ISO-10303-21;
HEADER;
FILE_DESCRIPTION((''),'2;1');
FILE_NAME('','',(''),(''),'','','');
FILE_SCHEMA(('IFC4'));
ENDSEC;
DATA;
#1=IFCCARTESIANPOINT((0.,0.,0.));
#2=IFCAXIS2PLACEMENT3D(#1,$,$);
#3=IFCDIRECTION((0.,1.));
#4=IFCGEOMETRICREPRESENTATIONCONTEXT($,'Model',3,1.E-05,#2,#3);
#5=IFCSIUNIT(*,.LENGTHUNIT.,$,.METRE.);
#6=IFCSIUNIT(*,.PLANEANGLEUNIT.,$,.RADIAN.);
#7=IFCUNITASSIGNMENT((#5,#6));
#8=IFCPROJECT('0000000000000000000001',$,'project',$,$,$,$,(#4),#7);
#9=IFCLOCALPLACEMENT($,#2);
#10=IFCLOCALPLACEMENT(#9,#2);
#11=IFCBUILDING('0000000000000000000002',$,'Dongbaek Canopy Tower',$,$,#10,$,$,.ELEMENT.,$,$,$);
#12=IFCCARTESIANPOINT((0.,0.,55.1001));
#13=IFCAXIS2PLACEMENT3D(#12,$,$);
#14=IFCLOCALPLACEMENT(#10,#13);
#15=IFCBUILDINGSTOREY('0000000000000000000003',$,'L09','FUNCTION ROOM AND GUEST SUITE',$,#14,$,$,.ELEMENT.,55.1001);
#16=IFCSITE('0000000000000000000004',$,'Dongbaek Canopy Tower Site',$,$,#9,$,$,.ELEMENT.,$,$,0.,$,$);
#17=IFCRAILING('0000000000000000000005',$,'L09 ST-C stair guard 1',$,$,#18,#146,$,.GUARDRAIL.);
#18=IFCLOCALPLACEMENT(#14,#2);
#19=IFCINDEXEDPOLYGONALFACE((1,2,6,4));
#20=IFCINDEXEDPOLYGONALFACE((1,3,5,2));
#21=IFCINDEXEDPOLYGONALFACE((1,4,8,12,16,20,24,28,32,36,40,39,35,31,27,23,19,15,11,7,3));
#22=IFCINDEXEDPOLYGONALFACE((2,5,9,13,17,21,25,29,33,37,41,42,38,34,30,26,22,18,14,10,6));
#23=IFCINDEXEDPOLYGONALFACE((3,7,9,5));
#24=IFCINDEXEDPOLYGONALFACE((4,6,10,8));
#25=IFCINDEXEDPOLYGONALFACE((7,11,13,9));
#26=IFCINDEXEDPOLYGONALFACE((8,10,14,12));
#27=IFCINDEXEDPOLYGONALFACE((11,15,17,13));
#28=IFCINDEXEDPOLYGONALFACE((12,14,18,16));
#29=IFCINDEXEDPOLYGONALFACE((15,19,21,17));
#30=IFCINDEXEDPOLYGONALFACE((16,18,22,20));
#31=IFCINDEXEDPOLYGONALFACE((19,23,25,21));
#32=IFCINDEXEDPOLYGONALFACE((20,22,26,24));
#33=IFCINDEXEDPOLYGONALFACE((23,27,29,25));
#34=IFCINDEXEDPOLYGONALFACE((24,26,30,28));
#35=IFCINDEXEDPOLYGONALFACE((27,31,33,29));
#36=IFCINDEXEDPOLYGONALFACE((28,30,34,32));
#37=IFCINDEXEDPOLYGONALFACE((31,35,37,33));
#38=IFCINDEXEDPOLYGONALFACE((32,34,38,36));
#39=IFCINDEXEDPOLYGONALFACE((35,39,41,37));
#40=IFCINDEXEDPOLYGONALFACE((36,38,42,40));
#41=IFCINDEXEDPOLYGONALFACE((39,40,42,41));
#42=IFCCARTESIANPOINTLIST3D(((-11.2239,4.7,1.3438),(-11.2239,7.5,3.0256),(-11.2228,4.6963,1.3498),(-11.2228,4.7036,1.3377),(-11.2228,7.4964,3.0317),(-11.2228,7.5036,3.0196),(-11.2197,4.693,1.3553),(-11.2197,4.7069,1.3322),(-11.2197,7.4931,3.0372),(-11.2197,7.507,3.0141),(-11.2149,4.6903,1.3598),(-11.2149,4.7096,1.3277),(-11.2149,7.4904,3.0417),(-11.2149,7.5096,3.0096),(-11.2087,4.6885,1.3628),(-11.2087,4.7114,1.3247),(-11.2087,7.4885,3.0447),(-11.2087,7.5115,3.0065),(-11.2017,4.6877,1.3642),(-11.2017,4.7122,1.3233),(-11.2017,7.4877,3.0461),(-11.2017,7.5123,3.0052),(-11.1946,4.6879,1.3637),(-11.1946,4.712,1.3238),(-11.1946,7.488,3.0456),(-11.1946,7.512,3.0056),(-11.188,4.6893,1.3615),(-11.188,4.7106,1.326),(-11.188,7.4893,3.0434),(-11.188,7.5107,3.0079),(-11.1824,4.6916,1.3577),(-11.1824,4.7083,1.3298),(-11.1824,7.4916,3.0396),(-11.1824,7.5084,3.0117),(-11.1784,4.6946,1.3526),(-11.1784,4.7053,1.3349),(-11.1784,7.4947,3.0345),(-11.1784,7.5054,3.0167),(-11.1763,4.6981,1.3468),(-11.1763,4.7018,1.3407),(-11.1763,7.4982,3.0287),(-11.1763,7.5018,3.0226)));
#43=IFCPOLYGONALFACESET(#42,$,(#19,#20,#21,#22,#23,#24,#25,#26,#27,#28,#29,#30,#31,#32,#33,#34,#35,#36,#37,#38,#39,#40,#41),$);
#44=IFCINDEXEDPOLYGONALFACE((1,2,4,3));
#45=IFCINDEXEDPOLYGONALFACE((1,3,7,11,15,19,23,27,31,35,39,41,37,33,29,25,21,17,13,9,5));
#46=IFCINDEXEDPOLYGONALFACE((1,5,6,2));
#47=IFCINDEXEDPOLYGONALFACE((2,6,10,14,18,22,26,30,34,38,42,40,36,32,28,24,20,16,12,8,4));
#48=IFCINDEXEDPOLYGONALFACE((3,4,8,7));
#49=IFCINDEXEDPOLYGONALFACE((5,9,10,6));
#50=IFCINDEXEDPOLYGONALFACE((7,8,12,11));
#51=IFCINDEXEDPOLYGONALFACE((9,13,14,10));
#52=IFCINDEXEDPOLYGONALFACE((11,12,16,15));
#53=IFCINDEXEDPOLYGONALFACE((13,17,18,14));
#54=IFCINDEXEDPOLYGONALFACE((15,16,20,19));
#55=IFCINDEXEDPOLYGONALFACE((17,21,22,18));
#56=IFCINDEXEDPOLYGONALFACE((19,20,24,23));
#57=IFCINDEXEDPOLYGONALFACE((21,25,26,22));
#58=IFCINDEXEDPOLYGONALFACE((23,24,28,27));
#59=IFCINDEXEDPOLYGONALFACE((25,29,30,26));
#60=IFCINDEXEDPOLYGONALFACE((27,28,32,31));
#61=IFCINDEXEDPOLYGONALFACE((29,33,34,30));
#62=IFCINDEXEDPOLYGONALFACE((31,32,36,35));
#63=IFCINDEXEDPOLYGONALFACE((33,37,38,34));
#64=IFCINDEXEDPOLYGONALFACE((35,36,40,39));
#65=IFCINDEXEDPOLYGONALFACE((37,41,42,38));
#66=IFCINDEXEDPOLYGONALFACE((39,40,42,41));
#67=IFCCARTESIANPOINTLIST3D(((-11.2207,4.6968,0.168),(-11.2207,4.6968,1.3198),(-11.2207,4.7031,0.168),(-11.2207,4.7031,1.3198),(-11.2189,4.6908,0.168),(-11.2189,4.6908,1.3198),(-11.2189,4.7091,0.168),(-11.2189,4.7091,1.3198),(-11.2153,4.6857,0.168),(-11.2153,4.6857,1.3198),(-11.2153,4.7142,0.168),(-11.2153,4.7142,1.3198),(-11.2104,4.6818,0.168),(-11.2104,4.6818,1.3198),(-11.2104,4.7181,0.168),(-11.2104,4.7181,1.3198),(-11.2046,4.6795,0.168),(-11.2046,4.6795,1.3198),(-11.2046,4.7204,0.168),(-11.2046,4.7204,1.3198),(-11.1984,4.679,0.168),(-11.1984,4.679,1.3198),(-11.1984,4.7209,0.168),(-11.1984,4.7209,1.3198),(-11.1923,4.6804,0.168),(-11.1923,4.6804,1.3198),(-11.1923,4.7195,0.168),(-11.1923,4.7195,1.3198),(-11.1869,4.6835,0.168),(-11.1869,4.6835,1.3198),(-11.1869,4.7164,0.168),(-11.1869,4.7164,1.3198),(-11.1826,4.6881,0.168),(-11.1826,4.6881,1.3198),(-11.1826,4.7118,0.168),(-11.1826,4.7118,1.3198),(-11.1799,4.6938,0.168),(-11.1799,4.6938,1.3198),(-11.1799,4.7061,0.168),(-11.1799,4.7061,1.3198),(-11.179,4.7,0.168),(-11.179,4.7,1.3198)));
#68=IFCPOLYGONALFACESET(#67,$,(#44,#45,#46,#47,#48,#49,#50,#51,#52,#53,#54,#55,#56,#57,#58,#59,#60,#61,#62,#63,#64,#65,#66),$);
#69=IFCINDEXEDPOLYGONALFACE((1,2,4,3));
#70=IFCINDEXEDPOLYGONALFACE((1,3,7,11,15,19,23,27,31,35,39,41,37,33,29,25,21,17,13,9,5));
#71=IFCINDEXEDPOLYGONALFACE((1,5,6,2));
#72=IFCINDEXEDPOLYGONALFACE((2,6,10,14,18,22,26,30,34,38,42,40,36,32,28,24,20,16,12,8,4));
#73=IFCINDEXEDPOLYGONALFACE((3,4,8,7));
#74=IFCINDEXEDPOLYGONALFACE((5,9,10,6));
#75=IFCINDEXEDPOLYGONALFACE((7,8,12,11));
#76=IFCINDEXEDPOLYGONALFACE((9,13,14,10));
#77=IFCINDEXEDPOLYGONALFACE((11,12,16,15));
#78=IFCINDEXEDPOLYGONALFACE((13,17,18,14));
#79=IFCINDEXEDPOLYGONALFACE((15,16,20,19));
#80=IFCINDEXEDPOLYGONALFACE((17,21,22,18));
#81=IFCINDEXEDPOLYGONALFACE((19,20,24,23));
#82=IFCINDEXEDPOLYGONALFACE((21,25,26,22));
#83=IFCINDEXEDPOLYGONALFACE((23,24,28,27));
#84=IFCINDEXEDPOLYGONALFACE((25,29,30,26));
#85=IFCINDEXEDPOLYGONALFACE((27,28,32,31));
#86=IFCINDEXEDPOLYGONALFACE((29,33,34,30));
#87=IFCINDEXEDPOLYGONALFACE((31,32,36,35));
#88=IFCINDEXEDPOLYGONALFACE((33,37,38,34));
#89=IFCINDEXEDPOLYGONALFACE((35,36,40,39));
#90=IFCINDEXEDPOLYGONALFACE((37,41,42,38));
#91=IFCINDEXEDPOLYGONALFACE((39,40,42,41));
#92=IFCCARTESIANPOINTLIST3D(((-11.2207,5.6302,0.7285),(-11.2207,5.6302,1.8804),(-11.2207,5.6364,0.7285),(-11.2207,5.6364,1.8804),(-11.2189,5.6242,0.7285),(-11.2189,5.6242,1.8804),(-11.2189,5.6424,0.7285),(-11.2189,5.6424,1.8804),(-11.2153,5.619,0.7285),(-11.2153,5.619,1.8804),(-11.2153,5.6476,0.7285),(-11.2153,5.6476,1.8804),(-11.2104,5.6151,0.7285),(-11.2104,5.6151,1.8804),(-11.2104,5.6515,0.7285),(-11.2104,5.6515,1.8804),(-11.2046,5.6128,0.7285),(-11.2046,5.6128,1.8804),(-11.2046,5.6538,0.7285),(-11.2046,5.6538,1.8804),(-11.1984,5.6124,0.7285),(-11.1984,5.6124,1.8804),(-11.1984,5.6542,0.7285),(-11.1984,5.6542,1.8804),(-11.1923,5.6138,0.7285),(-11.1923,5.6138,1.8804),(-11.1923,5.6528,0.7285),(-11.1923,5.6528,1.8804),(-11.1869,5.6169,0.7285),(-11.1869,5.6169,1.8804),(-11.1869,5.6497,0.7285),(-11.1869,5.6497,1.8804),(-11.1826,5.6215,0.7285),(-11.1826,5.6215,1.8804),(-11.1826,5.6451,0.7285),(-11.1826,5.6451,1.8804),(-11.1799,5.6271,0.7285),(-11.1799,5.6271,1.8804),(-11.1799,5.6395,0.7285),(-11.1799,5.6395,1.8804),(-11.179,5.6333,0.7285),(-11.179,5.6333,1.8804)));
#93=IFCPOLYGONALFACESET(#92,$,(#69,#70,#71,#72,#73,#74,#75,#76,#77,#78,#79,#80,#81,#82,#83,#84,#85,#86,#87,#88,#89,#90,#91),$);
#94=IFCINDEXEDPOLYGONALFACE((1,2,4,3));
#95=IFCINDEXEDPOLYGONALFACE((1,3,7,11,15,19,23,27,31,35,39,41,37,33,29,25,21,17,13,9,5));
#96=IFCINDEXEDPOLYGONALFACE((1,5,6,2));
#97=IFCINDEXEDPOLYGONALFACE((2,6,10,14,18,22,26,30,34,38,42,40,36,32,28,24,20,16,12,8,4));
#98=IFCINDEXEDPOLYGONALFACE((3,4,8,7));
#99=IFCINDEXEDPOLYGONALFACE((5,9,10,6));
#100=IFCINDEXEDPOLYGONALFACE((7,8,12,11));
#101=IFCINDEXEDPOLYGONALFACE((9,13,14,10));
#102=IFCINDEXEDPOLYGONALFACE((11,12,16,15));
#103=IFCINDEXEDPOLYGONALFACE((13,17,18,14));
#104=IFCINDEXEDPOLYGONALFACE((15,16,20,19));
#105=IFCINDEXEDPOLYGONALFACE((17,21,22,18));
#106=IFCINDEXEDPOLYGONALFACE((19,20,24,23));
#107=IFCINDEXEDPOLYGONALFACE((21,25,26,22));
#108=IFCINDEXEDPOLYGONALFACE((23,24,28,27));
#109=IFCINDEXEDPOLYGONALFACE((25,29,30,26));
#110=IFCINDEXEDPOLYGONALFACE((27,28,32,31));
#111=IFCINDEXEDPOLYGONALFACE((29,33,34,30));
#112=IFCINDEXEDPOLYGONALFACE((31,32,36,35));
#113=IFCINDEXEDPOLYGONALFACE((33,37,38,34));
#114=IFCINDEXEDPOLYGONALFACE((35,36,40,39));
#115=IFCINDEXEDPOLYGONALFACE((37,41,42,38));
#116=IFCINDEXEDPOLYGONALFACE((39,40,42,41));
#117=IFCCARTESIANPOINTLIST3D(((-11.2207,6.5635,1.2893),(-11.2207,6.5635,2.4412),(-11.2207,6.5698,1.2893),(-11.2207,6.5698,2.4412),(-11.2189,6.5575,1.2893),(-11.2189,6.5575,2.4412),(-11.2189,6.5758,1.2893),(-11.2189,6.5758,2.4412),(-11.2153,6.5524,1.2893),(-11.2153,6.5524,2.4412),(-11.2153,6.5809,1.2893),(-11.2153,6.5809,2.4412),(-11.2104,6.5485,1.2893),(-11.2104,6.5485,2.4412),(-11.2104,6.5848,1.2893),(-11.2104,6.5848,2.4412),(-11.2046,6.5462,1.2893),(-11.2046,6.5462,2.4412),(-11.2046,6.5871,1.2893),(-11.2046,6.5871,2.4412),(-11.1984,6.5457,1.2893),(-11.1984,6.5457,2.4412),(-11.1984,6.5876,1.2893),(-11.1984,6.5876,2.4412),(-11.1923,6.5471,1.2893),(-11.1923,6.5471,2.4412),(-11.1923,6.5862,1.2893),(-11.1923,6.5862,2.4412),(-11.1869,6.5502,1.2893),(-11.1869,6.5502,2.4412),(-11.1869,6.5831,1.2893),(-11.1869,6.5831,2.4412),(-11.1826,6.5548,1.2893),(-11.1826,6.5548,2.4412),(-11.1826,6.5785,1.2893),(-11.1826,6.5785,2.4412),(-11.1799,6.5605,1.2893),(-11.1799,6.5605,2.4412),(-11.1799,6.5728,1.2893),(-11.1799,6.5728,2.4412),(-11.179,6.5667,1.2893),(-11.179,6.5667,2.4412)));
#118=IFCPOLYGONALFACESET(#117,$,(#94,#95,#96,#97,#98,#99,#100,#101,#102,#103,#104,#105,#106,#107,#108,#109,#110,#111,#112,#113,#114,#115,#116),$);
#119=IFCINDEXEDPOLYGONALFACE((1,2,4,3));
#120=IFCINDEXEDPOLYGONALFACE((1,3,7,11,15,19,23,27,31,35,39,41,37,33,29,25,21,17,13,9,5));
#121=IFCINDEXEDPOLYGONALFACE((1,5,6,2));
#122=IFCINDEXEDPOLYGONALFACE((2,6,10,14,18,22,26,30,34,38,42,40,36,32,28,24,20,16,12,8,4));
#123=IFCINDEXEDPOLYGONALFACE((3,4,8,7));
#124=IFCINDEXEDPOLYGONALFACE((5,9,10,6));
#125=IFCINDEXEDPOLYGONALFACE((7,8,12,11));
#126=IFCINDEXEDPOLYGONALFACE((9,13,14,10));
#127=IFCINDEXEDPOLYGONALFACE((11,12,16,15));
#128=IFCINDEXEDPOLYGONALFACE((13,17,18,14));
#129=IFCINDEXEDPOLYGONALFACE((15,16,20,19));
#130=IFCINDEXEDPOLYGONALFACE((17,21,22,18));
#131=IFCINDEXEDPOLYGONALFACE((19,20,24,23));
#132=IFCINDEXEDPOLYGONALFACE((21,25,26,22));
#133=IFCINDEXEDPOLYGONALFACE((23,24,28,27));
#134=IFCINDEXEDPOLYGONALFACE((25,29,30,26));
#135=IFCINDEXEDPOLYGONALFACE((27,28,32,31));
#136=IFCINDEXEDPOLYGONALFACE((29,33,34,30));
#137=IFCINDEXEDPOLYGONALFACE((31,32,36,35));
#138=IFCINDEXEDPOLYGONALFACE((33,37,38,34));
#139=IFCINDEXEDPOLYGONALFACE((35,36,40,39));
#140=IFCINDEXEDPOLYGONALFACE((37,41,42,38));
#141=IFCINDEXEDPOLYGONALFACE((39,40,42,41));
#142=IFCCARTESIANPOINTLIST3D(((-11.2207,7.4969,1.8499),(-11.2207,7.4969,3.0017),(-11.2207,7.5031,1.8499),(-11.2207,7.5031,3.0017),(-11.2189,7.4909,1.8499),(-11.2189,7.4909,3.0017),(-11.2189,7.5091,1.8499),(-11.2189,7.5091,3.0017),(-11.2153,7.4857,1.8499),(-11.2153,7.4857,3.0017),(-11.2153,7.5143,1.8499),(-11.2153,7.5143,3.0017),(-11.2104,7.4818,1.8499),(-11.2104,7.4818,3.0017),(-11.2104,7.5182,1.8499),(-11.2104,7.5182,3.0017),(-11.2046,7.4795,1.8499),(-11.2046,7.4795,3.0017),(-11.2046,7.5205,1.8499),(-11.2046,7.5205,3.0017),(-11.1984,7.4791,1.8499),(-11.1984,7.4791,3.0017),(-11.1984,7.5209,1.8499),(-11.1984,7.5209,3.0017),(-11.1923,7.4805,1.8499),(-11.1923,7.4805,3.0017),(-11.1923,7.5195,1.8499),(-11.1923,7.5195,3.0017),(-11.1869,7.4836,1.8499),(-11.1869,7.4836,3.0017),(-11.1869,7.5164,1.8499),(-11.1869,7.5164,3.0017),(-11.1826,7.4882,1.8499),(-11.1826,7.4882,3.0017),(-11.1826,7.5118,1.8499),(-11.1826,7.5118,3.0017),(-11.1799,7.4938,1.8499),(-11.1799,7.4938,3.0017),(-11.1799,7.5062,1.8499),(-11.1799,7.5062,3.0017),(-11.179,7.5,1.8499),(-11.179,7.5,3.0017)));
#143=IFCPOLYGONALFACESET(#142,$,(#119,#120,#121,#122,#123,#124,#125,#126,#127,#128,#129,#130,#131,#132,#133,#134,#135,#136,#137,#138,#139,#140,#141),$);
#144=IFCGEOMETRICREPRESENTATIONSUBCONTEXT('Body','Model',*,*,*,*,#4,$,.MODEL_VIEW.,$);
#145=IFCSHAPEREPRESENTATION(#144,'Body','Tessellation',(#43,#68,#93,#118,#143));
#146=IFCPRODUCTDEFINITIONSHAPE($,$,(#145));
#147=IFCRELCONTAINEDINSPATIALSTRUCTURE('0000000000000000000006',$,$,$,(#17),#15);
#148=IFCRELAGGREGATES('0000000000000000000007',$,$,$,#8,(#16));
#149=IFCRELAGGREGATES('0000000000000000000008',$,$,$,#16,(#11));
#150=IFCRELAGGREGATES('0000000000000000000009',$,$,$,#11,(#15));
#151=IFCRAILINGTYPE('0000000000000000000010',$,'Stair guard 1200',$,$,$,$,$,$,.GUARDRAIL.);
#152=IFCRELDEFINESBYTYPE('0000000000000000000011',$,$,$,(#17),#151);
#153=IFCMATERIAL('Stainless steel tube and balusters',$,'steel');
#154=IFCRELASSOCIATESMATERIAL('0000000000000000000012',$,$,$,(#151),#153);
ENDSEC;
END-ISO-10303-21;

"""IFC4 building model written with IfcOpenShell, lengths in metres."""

from ifc_helpers import new_model, si_unit, direction, frame, origin, origin_2d, place, context, subcontext, project, spatial, circle, extrude, material, type_object, element, save


model = new_model("IFC4")

# Units and contexts
model_context = context("Model", 3, precision=1e-05, world=origin(), true_north=direction((0.0, 1.0)))
body_context = subcontext(model_context, "Body", "Model", "MODEL_VIEW")
ifc_project = project(units=[si_unit("LENGTHUNIT", "METRE"), si_unit("PLANEANGLEUNIT", "RADIAN")], contexts=[model_context])

# Site, building, storey
site_placement = place(None, origin())
site = spatial("IfcSite", under=ifc_project, at=site_placement, Name="Dongbaek Canopy Tower Site", CompositionType="ELEMENT", RefElevation=0.0)
building_placement = place(site_placement, origin())
building = spatial("IfcBuilding", under=site, at=building_placement, Name="Dongbaek Canopy Tower", CompositionType="ELEMENT")
storey_placement = place(building_placement, frame((0.0, 0.0, 55.1001)))
storey = spatial("IfcBuildingStorey", under=building, at=storey_placement, Name="L09", Description="FUNCTION ROOM AND GUEST SUITE", CompositionType="ELEMENT", Elevation=55.1001)

# Railing
ifc_material_1 = material(Name="Stainless steel tube and balusters", Category="steel")
railing_type_1 = type_object("IfcRailingType", Name="Stair guard 1200", PredefinedType="GUARDRAIL", material=ifc_material_1)
railing_1_placement = place(storey_placement, frame((-11.2, 4.7, 0.168)))
element("IfcRailing", 1, at=railing_1_placement, inside=storey, type_object=railing_type_1, Name="L09 ST-C stair guard 1", PredefinedType="GUARDRAIL", context=body_context, shape_type="SweptSolid", body=[
    extrude(circle(Radius=0.0239, at=origin_2d()), frame((0.0, 0.0, 1.1758), z_axis=(0.0, 0.857242, 0.514913), x_axis=(-1.0, 0.0, 0.0)), (0.0, 0.0, 1.0), 3.2664),
    extrude(circle(Radius=0.021, at=origin_2d()), origin(), (0.0, 0.0, 1.0), 1.1519),
    extrude(circle(Radius=0.021, at=origin_2d()), frame((0.0, 0.9333, 0.5605)), (0.0, 0.0, 1.0), 1.1519),
    extrude(circle(Radius=0.021, at=origin_2d()), frame((0.0, 1.8667, 1.1213)), (0.0, 0.0, 1.0), 1.1519),
    extrude(circle(Radius=0.021, at=origin_2d()), frame((0.0, 2.8, 1.6819)), (0.0, 0.0, 1.0), 1.1519),
])

save(model, "model.ifc")
